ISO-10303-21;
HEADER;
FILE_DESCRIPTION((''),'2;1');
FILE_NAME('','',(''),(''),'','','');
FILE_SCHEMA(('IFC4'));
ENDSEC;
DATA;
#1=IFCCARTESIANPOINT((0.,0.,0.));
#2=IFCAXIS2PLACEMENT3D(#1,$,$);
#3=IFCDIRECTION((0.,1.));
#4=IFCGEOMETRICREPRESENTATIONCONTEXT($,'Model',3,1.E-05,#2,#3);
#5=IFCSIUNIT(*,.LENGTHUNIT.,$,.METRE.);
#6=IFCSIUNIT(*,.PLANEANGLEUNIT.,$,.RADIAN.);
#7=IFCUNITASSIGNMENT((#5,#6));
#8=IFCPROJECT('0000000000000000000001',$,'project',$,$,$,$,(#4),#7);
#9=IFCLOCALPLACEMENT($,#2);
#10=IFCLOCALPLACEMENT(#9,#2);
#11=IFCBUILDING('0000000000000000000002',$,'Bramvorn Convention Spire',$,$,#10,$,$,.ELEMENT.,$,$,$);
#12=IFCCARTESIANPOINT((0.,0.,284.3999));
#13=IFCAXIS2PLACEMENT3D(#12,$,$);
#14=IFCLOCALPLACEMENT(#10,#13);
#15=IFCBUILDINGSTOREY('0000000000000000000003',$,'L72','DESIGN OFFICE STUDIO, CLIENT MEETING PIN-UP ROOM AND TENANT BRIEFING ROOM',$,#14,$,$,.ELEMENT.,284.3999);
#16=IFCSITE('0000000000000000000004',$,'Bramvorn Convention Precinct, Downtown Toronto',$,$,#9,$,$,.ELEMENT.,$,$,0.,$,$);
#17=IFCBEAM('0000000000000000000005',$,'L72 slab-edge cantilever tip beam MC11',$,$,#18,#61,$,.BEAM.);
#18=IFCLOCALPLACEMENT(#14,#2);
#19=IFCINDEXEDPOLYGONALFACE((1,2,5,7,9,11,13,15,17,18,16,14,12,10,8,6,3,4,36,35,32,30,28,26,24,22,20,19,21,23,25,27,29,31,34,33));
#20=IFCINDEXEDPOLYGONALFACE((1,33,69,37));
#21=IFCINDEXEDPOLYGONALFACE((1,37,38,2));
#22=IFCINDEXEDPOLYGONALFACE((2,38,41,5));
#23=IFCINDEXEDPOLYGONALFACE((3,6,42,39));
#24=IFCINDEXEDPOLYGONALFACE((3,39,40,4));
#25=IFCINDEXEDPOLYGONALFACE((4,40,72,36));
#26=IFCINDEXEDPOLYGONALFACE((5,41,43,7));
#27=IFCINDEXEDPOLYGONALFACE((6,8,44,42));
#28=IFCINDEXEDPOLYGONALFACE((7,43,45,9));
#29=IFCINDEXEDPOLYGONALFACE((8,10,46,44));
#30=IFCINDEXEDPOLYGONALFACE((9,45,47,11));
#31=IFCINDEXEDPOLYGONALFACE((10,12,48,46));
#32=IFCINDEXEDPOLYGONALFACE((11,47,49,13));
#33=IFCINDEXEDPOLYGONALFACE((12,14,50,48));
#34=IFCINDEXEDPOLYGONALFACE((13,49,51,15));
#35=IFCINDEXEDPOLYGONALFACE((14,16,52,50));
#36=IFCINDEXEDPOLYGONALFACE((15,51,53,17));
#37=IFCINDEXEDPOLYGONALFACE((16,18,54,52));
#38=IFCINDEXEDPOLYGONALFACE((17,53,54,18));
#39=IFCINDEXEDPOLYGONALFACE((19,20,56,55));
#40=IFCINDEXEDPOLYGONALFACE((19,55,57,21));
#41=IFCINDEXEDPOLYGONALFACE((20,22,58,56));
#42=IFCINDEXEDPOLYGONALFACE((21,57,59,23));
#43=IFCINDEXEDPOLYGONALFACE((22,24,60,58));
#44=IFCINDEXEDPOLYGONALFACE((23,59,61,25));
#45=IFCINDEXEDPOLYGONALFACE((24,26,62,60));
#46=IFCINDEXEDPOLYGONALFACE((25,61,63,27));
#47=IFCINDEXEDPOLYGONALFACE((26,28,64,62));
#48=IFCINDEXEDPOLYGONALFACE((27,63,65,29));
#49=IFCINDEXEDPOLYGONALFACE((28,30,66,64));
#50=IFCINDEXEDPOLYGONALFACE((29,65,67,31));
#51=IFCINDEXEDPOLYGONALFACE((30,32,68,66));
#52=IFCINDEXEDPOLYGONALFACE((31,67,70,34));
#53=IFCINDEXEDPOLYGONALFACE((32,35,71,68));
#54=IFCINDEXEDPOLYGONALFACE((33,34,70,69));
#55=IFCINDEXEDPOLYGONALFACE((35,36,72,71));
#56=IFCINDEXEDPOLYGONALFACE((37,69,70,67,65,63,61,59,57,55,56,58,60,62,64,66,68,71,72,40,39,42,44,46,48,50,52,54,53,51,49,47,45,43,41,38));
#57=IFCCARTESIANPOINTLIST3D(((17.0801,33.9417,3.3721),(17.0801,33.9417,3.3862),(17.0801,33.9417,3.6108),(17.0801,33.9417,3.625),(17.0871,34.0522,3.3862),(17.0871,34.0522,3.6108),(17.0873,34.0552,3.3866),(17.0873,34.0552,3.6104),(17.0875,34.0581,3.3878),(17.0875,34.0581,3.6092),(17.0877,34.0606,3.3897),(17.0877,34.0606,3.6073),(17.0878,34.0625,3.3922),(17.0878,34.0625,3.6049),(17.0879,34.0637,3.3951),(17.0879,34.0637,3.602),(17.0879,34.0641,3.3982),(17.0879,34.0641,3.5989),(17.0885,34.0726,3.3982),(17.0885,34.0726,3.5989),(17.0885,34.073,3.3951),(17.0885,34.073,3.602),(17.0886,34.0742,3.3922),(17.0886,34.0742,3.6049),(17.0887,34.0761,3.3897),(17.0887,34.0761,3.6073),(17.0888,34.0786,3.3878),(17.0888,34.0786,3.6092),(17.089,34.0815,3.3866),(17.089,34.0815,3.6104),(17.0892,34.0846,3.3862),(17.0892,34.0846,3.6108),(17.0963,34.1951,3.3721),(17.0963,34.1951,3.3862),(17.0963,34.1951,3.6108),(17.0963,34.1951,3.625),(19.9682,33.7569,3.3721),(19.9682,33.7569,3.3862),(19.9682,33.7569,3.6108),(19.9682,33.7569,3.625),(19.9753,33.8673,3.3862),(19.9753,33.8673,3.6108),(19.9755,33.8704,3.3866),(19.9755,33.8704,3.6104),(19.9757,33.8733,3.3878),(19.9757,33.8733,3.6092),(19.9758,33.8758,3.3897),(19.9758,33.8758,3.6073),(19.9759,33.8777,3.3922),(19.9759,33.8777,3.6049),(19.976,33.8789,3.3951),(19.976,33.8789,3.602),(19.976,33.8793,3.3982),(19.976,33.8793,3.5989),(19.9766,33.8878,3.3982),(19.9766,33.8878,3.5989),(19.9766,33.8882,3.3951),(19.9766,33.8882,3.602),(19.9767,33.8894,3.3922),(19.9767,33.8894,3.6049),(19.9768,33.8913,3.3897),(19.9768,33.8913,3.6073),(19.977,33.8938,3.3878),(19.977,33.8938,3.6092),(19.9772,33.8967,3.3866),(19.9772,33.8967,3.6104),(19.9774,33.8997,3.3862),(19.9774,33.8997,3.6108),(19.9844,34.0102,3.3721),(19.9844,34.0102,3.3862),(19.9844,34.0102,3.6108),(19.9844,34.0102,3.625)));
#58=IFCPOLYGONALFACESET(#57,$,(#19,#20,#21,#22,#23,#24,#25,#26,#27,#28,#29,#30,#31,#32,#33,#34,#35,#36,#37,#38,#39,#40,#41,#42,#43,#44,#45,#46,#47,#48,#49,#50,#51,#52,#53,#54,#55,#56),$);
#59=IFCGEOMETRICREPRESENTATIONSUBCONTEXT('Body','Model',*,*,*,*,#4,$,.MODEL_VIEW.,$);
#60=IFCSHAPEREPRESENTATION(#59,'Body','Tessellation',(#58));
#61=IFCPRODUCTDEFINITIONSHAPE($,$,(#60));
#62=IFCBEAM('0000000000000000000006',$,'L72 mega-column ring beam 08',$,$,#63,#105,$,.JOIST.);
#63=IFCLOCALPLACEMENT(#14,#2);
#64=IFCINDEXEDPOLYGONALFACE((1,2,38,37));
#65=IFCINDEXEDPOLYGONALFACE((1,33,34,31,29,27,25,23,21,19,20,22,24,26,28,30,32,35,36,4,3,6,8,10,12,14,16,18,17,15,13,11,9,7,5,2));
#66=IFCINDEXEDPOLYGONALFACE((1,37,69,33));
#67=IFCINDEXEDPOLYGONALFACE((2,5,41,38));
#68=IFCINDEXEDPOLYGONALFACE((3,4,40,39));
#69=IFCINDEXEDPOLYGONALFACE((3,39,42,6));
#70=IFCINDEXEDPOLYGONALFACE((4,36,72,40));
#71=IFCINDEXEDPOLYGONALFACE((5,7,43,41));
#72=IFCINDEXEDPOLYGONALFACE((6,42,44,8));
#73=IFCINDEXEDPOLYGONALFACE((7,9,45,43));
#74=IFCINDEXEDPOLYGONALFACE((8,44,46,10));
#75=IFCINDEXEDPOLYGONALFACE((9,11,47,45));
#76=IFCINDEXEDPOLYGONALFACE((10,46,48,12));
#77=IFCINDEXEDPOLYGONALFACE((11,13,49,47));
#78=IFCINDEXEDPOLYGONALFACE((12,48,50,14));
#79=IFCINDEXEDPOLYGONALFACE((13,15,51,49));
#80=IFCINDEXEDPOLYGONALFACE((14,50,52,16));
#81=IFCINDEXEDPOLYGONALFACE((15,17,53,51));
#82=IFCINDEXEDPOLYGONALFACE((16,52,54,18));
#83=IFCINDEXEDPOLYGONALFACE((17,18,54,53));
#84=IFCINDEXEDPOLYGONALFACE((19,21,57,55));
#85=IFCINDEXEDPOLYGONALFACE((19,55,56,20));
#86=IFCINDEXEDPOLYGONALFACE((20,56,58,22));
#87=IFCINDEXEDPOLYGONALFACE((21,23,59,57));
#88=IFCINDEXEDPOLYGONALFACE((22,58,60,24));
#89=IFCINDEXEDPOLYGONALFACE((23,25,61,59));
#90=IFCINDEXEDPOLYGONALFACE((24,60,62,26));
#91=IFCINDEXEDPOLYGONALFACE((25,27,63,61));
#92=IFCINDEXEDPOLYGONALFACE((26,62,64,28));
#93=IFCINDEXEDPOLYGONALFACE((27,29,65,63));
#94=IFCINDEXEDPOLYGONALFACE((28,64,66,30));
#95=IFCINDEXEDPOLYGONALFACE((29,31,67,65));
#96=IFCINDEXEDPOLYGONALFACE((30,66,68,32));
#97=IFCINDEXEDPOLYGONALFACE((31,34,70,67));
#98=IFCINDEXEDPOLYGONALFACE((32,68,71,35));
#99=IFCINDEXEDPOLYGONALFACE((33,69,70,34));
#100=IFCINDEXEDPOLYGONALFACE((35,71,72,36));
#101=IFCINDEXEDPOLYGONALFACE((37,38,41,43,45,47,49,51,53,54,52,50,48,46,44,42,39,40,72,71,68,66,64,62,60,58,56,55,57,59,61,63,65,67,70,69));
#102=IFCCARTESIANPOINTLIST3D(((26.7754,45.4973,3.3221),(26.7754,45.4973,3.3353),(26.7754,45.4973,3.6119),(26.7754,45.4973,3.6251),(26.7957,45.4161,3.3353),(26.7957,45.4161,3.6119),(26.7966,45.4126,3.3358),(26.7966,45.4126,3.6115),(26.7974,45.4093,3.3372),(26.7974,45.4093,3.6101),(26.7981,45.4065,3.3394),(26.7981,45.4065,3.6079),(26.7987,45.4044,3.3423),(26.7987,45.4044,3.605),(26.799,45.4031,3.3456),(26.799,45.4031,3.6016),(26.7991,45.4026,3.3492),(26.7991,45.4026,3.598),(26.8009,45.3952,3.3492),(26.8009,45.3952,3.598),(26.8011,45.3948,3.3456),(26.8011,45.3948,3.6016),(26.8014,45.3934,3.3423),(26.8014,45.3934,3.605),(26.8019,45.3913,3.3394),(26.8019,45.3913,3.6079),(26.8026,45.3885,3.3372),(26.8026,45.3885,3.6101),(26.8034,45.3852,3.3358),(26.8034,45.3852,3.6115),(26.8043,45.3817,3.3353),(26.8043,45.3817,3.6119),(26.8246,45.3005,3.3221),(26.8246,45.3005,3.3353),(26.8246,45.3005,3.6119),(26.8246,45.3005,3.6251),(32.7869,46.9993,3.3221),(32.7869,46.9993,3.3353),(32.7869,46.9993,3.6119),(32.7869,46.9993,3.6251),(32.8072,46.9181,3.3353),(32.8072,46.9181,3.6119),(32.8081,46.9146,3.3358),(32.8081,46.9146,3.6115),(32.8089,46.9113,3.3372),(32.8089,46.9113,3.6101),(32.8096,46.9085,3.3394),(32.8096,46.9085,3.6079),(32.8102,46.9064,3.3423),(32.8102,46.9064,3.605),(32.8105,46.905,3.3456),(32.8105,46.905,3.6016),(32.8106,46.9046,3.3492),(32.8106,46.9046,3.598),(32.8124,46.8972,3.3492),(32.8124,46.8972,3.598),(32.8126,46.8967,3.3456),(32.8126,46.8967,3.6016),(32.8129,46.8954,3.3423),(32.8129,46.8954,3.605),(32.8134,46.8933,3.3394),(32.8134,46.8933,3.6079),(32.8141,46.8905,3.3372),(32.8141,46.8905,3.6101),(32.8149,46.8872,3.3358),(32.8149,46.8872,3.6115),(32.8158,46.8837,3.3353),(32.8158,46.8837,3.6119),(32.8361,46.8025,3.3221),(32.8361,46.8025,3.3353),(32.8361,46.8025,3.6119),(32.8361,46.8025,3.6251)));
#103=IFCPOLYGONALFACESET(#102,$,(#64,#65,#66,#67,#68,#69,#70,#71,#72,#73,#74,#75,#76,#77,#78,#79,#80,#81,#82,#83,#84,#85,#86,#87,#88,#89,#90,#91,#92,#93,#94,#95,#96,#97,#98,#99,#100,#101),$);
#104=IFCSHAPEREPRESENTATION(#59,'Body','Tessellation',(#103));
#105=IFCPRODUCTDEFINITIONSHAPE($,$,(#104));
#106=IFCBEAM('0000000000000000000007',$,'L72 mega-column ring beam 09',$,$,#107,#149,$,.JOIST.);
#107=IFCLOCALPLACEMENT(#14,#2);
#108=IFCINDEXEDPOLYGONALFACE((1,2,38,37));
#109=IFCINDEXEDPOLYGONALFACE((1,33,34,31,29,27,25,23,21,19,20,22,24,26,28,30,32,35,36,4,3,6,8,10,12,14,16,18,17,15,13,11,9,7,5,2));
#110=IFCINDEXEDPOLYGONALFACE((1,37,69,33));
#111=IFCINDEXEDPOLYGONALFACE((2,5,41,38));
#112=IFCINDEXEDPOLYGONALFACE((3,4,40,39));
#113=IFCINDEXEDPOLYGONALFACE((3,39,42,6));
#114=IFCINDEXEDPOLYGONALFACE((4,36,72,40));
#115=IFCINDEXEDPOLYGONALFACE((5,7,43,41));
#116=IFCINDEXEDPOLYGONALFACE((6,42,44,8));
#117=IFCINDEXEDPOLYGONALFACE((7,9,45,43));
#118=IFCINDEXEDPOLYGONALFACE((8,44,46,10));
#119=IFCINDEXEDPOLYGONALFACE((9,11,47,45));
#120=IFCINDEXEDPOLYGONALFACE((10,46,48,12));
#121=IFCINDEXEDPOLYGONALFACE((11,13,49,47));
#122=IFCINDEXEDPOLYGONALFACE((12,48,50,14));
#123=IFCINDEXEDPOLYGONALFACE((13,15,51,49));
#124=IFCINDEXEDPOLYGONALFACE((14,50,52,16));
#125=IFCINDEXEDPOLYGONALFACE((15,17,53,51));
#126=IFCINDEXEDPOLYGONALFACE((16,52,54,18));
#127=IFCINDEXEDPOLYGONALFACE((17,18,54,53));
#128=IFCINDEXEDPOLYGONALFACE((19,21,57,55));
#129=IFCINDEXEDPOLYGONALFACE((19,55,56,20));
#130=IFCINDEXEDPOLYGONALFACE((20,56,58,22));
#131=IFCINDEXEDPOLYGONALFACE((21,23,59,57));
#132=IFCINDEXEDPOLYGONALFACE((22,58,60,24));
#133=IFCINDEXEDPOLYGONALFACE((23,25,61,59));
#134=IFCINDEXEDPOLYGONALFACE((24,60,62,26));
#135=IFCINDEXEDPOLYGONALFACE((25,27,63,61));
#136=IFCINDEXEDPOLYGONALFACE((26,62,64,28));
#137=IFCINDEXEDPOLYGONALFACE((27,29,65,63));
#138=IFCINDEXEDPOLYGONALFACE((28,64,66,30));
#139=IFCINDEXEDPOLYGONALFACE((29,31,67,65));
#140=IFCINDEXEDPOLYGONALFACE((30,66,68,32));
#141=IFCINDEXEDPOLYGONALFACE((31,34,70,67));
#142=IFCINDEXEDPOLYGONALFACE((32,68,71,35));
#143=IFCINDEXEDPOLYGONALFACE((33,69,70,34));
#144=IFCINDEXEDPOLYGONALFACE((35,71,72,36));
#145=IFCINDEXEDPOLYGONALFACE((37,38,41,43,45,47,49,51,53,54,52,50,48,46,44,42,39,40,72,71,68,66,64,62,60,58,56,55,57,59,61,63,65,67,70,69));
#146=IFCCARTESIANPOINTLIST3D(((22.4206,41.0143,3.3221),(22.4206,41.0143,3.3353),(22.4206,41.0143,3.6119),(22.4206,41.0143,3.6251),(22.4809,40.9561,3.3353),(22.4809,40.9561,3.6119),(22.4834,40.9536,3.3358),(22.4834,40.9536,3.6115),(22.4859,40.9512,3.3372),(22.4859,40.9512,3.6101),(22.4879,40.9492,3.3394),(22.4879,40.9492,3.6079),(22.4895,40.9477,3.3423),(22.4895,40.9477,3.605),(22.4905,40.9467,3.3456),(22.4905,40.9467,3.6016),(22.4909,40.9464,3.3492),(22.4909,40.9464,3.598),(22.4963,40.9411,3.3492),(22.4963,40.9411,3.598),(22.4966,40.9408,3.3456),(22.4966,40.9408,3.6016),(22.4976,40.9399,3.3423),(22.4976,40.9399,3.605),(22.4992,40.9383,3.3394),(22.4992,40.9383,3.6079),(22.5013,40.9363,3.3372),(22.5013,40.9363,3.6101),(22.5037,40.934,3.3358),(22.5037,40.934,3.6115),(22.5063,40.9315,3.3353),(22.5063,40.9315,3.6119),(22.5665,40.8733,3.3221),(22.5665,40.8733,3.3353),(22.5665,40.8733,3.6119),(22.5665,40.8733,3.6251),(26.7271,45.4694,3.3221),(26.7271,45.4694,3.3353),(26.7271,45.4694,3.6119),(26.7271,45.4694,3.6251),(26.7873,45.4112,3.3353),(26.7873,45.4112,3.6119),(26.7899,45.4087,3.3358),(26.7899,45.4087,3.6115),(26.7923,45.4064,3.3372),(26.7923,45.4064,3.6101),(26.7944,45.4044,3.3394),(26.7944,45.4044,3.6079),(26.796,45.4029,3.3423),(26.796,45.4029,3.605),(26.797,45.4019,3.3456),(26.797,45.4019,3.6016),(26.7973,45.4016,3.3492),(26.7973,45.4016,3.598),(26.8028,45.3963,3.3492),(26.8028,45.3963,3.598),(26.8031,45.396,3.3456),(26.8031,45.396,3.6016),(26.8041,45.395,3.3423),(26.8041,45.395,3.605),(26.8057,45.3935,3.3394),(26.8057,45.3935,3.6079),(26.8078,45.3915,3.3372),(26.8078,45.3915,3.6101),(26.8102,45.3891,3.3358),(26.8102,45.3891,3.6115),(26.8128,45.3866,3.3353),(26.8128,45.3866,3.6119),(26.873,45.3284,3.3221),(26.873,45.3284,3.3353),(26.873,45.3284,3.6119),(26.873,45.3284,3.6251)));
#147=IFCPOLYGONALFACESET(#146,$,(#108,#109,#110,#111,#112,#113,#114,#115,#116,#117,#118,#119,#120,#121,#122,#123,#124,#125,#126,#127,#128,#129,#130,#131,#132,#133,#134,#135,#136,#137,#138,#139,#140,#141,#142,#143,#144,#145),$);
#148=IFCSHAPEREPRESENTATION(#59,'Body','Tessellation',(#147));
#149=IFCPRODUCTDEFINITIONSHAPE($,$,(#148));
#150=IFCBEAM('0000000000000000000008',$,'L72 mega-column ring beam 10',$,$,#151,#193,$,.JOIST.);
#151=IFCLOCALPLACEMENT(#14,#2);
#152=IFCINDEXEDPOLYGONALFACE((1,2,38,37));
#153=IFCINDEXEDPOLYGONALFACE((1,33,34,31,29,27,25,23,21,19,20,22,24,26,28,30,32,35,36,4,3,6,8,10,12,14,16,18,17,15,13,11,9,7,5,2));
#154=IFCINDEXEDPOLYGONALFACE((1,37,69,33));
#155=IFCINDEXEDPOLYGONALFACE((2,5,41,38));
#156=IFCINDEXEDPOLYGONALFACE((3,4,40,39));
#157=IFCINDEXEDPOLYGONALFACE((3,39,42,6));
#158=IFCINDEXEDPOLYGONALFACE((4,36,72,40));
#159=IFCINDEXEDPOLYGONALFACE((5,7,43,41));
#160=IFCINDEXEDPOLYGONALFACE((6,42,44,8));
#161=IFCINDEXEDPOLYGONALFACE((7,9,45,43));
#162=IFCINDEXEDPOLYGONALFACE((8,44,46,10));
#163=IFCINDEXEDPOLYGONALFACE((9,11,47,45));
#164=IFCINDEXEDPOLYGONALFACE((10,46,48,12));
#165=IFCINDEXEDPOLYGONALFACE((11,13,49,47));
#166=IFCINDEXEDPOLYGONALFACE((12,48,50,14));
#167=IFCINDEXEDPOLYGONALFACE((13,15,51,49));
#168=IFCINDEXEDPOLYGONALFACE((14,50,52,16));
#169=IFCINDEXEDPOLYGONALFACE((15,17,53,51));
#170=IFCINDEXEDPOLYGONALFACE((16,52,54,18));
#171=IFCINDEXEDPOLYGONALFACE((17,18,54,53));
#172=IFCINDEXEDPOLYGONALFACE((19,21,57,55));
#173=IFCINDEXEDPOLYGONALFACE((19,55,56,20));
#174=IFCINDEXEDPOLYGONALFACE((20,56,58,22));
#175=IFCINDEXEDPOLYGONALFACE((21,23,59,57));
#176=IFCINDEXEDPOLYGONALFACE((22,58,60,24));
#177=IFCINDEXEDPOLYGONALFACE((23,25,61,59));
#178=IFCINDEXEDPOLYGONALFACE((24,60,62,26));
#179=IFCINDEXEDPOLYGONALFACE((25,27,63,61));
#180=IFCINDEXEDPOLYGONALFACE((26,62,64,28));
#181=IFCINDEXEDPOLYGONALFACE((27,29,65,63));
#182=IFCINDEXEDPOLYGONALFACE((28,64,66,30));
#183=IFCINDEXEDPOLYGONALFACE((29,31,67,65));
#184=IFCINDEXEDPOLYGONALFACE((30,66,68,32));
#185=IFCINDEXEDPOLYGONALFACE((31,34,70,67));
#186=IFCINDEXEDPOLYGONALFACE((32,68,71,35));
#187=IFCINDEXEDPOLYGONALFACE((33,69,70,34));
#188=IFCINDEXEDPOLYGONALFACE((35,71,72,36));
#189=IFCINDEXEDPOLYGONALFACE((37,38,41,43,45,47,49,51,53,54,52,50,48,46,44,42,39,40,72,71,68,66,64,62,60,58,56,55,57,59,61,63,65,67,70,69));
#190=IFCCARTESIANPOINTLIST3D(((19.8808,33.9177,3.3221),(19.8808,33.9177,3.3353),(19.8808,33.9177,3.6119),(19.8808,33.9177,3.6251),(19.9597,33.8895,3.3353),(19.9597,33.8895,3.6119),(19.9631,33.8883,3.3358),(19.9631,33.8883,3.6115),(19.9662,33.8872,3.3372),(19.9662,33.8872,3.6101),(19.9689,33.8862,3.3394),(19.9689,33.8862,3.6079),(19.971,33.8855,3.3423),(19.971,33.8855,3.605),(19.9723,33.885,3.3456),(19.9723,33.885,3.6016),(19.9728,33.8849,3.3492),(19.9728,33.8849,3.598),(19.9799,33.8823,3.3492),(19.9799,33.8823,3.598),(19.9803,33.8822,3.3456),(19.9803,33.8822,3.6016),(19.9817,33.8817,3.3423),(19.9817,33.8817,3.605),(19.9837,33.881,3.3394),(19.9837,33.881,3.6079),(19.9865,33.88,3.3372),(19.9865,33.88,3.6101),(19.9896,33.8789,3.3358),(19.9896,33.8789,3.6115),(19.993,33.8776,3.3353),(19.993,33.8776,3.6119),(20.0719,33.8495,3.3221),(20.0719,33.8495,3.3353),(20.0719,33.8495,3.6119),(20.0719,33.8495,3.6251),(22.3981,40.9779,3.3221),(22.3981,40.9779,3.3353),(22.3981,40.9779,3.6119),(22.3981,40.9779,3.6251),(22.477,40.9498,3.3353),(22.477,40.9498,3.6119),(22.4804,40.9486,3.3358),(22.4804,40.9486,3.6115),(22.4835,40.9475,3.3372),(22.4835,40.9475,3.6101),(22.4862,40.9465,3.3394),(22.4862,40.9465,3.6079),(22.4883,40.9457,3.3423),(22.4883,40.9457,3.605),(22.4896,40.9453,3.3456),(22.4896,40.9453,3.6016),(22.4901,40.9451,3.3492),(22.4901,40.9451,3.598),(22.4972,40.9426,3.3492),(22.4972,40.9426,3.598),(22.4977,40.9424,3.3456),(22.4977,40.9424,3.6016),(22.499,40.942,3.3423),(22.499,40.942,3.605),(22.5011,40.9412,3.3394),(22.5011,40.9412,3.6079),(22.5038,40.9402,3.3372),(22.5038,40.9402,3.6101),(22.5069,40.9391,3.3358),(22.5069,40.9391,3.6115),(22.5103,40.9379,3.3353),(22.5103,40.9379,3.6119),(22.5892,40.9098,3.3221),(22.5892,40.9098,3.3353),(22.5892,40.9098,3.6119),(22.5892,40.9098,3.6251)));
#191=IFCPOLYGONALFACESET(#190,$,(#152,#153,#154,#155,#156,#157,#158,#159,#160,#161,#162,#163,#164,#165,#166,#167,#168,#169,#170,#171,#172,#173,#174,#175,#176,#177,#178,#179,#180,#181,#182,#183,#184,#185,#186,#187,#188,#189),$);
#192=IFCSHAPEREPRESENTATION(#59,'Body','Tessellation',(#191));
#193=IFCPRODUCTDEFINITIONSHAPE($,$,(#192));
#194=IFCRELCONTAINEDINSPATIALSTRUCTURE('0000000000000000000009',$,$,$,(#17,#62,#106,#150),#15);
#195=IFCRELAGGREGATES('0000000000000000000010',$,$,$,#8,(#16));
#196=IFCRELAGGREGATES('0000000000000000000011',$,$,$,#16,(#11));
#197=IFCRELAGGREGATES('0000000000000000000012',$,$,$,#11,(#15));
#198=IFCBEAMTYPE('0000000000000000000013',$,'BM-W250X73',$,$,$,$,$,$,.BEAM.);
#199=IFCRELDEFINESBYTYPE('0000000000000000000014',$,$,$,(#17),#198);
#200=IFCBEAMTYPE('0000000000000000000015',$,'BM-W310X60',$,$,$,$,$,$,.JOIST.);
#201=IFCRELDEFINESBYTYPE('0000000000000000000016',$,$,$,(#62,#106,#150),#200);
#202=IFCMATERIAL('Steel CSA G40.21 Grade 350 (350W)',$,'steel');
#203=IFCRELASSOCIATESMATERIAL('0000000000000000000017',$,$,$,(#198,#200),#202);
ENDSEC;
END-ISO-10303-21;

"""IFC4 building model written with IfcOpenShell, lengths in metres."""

from ifc_helpers import new_model, si_unit, direction, frame, origin, origin_2d, place, context, subcontext, project, spatial, i_section, extrude, material, material_profile, profile_set, type_object, element, save


model = new_model("IFC4")

# Units and contexts
model_context = context("Model", 3, precision=1e-05, world=origin(), true_north=direction((0.0, 1.0)))
body_context = subcontext(model_context, "Body", "Model", "MODEL_VIEW")
ifc_project = project(units=[si_unit("LENGTHUNIT", "METRE"), si_unit("PLANEANGLEUNIT", "RADIAN")], contexts=[model_context])

# Site, building, storey
site_placement = place(None, origin())
site = spatial("IfcSite", under=ifc_project, at=site_placement, Name="Bramvorn Convention Precinct, Downtown Toronto", CompositionType="ELEMENT", RefElevation=0.0)
building_placement = place(site_placement, origin())
building = spatial("IfcBuilding", under=site, at=building_placement, Name="Bramvorn Convention Spire", CompositionType="ELEMENT")
storey_placement = place(building_placement, frame((0.0, 0.0, 284.3999)))
storey = spatial("IfcBuildingStorey", under=building, at=storey_placement, Name="L72", Description="DESIGN OFFICE STUDIO, CLIENT MEETING PIN-UP ROOM AND TENANT BRIEFING ROOM", CompositionType="ELEMENT", Elevation=284.3999)

# Shared definitions
ifc_material_1 = material(Name="Steel CSA G40.21 Grade 350 (350W)", Category="steel")

# Beams
ifc_material_profile_1 = material_profile(ifc_material_1, i_section(OverallWidth=0.2539, OverallDepth=0.2529, WebThickness=0.0085, FlangeThickness=0.0142, FilletRadius=0.012, at=origin_2d()))
ifc_profile_set_1 = profile_set([ifc_material_profile_1], Name="Steel CSA G40.21 Grade 350 (350W) - W250X73")
beam_type_1 = type_object("IfcBeamType", Name="BM-W250X73", PredefinedType="BEAM", material=ifc_profile_set_1)
beam_1_placement = place(storey_placement, frame((19.9763, 33.8835, 3.4985), z_axis=(-0.997959, 0.063859, 0.0), x_axis=(-0.063859, -0.997959, 0.0)))
element("IfcBeam", 1, at=beam_1_placement, inside=storey, type_object=beam_type_1, Name="L72 slab-edge cantilever tip beam MC11", PredefinedType="BEAM", context=body_context, shape_type="SweptSolid", body=[
    extrude(i_section(OverallWidth=0.2539, OverallDepth=0.2529, WebThickness=0.0085, FlangeThickness=0.0142, FilletRadius=0.012, at=origin_2d()), origin(), (0.0, 0.0, 1.0), 2.894),
])
ifc_material_profile_2 = material_profile(ifc_material_1, i_section(OverallWidth=0.2029, OverallDepth=0.303, WebThickness=0.0076, FlangeThickness=0.0132, FilletRadius=0.0139, at=origin_2d()))
ifc_profile_set_2 = profile_set([ifc_material_profile_2], Name="Steel CSA G40.21 Grade 350 (350W) - W310X60")
beam_type_2 = type_object("IfcBeamType", Name="BM-W310X60", PredefinedType="JOIST", material=ifc_profile_set_2)
for number, where, z_axis, x_axis, name in (
    (2, (32.8115, 46.9009, 3.4736), (-0.970177, -0.242397, 0.0), (0.242397, -0.970177, 0.0), "L72 mega-column ring beam 08"),
    (3, (26.8, 45.3989, 3.4736), (-0.695007, -0.719003, 0.0), (0.719003, -0.695007, 0.0), "L72 mega-column ring beam 09"),
):
    element("IfcBeam", number, at=place(storey_placement, frame(where, z_axis=z_axis, x_axis=x_axis)), inside=storey, type_object=beam_type_2, Name=name, PredefinedType="JOIST", context=body_context, shape_type="SweptSolid", body=[
        extrude(i_section(OverallWidth=0.2029, OverallDepth=0.303, WebThickness=0.0076, FlangeThickness=0.0132, FilletRadius=0.0139, at=origin_2d()), origin(), (0.0, 0.0, 1.0), 6.1963),
    ])
beam_2_placement = place(storey_placement, frame((22.4937, 40.9438, 3.4736), z_axis=(-0.335839, -0.941919, 0.0), x_axis=(0.941919, -0.335839, 0.0)))
element("IfcBeam", 4, at=beam_2_placement, inside=storey, type_object=beam_type_2, Name="L72 mega-column ring beam 10", PredefinedType="JOIST", context=body_context, shape_type="SweptSolid", body=[
    extrude(i_section(OverallWidth=0.2029, OverallDepth=0.303, WebThickness=0.0076, FlangeThickness=0.0132, FilletRadius=0.0139, at=origin_2d()), origin(), (0.0, 0.0, 1.0), 7.4956),
])

save(model, "model.ifc")
